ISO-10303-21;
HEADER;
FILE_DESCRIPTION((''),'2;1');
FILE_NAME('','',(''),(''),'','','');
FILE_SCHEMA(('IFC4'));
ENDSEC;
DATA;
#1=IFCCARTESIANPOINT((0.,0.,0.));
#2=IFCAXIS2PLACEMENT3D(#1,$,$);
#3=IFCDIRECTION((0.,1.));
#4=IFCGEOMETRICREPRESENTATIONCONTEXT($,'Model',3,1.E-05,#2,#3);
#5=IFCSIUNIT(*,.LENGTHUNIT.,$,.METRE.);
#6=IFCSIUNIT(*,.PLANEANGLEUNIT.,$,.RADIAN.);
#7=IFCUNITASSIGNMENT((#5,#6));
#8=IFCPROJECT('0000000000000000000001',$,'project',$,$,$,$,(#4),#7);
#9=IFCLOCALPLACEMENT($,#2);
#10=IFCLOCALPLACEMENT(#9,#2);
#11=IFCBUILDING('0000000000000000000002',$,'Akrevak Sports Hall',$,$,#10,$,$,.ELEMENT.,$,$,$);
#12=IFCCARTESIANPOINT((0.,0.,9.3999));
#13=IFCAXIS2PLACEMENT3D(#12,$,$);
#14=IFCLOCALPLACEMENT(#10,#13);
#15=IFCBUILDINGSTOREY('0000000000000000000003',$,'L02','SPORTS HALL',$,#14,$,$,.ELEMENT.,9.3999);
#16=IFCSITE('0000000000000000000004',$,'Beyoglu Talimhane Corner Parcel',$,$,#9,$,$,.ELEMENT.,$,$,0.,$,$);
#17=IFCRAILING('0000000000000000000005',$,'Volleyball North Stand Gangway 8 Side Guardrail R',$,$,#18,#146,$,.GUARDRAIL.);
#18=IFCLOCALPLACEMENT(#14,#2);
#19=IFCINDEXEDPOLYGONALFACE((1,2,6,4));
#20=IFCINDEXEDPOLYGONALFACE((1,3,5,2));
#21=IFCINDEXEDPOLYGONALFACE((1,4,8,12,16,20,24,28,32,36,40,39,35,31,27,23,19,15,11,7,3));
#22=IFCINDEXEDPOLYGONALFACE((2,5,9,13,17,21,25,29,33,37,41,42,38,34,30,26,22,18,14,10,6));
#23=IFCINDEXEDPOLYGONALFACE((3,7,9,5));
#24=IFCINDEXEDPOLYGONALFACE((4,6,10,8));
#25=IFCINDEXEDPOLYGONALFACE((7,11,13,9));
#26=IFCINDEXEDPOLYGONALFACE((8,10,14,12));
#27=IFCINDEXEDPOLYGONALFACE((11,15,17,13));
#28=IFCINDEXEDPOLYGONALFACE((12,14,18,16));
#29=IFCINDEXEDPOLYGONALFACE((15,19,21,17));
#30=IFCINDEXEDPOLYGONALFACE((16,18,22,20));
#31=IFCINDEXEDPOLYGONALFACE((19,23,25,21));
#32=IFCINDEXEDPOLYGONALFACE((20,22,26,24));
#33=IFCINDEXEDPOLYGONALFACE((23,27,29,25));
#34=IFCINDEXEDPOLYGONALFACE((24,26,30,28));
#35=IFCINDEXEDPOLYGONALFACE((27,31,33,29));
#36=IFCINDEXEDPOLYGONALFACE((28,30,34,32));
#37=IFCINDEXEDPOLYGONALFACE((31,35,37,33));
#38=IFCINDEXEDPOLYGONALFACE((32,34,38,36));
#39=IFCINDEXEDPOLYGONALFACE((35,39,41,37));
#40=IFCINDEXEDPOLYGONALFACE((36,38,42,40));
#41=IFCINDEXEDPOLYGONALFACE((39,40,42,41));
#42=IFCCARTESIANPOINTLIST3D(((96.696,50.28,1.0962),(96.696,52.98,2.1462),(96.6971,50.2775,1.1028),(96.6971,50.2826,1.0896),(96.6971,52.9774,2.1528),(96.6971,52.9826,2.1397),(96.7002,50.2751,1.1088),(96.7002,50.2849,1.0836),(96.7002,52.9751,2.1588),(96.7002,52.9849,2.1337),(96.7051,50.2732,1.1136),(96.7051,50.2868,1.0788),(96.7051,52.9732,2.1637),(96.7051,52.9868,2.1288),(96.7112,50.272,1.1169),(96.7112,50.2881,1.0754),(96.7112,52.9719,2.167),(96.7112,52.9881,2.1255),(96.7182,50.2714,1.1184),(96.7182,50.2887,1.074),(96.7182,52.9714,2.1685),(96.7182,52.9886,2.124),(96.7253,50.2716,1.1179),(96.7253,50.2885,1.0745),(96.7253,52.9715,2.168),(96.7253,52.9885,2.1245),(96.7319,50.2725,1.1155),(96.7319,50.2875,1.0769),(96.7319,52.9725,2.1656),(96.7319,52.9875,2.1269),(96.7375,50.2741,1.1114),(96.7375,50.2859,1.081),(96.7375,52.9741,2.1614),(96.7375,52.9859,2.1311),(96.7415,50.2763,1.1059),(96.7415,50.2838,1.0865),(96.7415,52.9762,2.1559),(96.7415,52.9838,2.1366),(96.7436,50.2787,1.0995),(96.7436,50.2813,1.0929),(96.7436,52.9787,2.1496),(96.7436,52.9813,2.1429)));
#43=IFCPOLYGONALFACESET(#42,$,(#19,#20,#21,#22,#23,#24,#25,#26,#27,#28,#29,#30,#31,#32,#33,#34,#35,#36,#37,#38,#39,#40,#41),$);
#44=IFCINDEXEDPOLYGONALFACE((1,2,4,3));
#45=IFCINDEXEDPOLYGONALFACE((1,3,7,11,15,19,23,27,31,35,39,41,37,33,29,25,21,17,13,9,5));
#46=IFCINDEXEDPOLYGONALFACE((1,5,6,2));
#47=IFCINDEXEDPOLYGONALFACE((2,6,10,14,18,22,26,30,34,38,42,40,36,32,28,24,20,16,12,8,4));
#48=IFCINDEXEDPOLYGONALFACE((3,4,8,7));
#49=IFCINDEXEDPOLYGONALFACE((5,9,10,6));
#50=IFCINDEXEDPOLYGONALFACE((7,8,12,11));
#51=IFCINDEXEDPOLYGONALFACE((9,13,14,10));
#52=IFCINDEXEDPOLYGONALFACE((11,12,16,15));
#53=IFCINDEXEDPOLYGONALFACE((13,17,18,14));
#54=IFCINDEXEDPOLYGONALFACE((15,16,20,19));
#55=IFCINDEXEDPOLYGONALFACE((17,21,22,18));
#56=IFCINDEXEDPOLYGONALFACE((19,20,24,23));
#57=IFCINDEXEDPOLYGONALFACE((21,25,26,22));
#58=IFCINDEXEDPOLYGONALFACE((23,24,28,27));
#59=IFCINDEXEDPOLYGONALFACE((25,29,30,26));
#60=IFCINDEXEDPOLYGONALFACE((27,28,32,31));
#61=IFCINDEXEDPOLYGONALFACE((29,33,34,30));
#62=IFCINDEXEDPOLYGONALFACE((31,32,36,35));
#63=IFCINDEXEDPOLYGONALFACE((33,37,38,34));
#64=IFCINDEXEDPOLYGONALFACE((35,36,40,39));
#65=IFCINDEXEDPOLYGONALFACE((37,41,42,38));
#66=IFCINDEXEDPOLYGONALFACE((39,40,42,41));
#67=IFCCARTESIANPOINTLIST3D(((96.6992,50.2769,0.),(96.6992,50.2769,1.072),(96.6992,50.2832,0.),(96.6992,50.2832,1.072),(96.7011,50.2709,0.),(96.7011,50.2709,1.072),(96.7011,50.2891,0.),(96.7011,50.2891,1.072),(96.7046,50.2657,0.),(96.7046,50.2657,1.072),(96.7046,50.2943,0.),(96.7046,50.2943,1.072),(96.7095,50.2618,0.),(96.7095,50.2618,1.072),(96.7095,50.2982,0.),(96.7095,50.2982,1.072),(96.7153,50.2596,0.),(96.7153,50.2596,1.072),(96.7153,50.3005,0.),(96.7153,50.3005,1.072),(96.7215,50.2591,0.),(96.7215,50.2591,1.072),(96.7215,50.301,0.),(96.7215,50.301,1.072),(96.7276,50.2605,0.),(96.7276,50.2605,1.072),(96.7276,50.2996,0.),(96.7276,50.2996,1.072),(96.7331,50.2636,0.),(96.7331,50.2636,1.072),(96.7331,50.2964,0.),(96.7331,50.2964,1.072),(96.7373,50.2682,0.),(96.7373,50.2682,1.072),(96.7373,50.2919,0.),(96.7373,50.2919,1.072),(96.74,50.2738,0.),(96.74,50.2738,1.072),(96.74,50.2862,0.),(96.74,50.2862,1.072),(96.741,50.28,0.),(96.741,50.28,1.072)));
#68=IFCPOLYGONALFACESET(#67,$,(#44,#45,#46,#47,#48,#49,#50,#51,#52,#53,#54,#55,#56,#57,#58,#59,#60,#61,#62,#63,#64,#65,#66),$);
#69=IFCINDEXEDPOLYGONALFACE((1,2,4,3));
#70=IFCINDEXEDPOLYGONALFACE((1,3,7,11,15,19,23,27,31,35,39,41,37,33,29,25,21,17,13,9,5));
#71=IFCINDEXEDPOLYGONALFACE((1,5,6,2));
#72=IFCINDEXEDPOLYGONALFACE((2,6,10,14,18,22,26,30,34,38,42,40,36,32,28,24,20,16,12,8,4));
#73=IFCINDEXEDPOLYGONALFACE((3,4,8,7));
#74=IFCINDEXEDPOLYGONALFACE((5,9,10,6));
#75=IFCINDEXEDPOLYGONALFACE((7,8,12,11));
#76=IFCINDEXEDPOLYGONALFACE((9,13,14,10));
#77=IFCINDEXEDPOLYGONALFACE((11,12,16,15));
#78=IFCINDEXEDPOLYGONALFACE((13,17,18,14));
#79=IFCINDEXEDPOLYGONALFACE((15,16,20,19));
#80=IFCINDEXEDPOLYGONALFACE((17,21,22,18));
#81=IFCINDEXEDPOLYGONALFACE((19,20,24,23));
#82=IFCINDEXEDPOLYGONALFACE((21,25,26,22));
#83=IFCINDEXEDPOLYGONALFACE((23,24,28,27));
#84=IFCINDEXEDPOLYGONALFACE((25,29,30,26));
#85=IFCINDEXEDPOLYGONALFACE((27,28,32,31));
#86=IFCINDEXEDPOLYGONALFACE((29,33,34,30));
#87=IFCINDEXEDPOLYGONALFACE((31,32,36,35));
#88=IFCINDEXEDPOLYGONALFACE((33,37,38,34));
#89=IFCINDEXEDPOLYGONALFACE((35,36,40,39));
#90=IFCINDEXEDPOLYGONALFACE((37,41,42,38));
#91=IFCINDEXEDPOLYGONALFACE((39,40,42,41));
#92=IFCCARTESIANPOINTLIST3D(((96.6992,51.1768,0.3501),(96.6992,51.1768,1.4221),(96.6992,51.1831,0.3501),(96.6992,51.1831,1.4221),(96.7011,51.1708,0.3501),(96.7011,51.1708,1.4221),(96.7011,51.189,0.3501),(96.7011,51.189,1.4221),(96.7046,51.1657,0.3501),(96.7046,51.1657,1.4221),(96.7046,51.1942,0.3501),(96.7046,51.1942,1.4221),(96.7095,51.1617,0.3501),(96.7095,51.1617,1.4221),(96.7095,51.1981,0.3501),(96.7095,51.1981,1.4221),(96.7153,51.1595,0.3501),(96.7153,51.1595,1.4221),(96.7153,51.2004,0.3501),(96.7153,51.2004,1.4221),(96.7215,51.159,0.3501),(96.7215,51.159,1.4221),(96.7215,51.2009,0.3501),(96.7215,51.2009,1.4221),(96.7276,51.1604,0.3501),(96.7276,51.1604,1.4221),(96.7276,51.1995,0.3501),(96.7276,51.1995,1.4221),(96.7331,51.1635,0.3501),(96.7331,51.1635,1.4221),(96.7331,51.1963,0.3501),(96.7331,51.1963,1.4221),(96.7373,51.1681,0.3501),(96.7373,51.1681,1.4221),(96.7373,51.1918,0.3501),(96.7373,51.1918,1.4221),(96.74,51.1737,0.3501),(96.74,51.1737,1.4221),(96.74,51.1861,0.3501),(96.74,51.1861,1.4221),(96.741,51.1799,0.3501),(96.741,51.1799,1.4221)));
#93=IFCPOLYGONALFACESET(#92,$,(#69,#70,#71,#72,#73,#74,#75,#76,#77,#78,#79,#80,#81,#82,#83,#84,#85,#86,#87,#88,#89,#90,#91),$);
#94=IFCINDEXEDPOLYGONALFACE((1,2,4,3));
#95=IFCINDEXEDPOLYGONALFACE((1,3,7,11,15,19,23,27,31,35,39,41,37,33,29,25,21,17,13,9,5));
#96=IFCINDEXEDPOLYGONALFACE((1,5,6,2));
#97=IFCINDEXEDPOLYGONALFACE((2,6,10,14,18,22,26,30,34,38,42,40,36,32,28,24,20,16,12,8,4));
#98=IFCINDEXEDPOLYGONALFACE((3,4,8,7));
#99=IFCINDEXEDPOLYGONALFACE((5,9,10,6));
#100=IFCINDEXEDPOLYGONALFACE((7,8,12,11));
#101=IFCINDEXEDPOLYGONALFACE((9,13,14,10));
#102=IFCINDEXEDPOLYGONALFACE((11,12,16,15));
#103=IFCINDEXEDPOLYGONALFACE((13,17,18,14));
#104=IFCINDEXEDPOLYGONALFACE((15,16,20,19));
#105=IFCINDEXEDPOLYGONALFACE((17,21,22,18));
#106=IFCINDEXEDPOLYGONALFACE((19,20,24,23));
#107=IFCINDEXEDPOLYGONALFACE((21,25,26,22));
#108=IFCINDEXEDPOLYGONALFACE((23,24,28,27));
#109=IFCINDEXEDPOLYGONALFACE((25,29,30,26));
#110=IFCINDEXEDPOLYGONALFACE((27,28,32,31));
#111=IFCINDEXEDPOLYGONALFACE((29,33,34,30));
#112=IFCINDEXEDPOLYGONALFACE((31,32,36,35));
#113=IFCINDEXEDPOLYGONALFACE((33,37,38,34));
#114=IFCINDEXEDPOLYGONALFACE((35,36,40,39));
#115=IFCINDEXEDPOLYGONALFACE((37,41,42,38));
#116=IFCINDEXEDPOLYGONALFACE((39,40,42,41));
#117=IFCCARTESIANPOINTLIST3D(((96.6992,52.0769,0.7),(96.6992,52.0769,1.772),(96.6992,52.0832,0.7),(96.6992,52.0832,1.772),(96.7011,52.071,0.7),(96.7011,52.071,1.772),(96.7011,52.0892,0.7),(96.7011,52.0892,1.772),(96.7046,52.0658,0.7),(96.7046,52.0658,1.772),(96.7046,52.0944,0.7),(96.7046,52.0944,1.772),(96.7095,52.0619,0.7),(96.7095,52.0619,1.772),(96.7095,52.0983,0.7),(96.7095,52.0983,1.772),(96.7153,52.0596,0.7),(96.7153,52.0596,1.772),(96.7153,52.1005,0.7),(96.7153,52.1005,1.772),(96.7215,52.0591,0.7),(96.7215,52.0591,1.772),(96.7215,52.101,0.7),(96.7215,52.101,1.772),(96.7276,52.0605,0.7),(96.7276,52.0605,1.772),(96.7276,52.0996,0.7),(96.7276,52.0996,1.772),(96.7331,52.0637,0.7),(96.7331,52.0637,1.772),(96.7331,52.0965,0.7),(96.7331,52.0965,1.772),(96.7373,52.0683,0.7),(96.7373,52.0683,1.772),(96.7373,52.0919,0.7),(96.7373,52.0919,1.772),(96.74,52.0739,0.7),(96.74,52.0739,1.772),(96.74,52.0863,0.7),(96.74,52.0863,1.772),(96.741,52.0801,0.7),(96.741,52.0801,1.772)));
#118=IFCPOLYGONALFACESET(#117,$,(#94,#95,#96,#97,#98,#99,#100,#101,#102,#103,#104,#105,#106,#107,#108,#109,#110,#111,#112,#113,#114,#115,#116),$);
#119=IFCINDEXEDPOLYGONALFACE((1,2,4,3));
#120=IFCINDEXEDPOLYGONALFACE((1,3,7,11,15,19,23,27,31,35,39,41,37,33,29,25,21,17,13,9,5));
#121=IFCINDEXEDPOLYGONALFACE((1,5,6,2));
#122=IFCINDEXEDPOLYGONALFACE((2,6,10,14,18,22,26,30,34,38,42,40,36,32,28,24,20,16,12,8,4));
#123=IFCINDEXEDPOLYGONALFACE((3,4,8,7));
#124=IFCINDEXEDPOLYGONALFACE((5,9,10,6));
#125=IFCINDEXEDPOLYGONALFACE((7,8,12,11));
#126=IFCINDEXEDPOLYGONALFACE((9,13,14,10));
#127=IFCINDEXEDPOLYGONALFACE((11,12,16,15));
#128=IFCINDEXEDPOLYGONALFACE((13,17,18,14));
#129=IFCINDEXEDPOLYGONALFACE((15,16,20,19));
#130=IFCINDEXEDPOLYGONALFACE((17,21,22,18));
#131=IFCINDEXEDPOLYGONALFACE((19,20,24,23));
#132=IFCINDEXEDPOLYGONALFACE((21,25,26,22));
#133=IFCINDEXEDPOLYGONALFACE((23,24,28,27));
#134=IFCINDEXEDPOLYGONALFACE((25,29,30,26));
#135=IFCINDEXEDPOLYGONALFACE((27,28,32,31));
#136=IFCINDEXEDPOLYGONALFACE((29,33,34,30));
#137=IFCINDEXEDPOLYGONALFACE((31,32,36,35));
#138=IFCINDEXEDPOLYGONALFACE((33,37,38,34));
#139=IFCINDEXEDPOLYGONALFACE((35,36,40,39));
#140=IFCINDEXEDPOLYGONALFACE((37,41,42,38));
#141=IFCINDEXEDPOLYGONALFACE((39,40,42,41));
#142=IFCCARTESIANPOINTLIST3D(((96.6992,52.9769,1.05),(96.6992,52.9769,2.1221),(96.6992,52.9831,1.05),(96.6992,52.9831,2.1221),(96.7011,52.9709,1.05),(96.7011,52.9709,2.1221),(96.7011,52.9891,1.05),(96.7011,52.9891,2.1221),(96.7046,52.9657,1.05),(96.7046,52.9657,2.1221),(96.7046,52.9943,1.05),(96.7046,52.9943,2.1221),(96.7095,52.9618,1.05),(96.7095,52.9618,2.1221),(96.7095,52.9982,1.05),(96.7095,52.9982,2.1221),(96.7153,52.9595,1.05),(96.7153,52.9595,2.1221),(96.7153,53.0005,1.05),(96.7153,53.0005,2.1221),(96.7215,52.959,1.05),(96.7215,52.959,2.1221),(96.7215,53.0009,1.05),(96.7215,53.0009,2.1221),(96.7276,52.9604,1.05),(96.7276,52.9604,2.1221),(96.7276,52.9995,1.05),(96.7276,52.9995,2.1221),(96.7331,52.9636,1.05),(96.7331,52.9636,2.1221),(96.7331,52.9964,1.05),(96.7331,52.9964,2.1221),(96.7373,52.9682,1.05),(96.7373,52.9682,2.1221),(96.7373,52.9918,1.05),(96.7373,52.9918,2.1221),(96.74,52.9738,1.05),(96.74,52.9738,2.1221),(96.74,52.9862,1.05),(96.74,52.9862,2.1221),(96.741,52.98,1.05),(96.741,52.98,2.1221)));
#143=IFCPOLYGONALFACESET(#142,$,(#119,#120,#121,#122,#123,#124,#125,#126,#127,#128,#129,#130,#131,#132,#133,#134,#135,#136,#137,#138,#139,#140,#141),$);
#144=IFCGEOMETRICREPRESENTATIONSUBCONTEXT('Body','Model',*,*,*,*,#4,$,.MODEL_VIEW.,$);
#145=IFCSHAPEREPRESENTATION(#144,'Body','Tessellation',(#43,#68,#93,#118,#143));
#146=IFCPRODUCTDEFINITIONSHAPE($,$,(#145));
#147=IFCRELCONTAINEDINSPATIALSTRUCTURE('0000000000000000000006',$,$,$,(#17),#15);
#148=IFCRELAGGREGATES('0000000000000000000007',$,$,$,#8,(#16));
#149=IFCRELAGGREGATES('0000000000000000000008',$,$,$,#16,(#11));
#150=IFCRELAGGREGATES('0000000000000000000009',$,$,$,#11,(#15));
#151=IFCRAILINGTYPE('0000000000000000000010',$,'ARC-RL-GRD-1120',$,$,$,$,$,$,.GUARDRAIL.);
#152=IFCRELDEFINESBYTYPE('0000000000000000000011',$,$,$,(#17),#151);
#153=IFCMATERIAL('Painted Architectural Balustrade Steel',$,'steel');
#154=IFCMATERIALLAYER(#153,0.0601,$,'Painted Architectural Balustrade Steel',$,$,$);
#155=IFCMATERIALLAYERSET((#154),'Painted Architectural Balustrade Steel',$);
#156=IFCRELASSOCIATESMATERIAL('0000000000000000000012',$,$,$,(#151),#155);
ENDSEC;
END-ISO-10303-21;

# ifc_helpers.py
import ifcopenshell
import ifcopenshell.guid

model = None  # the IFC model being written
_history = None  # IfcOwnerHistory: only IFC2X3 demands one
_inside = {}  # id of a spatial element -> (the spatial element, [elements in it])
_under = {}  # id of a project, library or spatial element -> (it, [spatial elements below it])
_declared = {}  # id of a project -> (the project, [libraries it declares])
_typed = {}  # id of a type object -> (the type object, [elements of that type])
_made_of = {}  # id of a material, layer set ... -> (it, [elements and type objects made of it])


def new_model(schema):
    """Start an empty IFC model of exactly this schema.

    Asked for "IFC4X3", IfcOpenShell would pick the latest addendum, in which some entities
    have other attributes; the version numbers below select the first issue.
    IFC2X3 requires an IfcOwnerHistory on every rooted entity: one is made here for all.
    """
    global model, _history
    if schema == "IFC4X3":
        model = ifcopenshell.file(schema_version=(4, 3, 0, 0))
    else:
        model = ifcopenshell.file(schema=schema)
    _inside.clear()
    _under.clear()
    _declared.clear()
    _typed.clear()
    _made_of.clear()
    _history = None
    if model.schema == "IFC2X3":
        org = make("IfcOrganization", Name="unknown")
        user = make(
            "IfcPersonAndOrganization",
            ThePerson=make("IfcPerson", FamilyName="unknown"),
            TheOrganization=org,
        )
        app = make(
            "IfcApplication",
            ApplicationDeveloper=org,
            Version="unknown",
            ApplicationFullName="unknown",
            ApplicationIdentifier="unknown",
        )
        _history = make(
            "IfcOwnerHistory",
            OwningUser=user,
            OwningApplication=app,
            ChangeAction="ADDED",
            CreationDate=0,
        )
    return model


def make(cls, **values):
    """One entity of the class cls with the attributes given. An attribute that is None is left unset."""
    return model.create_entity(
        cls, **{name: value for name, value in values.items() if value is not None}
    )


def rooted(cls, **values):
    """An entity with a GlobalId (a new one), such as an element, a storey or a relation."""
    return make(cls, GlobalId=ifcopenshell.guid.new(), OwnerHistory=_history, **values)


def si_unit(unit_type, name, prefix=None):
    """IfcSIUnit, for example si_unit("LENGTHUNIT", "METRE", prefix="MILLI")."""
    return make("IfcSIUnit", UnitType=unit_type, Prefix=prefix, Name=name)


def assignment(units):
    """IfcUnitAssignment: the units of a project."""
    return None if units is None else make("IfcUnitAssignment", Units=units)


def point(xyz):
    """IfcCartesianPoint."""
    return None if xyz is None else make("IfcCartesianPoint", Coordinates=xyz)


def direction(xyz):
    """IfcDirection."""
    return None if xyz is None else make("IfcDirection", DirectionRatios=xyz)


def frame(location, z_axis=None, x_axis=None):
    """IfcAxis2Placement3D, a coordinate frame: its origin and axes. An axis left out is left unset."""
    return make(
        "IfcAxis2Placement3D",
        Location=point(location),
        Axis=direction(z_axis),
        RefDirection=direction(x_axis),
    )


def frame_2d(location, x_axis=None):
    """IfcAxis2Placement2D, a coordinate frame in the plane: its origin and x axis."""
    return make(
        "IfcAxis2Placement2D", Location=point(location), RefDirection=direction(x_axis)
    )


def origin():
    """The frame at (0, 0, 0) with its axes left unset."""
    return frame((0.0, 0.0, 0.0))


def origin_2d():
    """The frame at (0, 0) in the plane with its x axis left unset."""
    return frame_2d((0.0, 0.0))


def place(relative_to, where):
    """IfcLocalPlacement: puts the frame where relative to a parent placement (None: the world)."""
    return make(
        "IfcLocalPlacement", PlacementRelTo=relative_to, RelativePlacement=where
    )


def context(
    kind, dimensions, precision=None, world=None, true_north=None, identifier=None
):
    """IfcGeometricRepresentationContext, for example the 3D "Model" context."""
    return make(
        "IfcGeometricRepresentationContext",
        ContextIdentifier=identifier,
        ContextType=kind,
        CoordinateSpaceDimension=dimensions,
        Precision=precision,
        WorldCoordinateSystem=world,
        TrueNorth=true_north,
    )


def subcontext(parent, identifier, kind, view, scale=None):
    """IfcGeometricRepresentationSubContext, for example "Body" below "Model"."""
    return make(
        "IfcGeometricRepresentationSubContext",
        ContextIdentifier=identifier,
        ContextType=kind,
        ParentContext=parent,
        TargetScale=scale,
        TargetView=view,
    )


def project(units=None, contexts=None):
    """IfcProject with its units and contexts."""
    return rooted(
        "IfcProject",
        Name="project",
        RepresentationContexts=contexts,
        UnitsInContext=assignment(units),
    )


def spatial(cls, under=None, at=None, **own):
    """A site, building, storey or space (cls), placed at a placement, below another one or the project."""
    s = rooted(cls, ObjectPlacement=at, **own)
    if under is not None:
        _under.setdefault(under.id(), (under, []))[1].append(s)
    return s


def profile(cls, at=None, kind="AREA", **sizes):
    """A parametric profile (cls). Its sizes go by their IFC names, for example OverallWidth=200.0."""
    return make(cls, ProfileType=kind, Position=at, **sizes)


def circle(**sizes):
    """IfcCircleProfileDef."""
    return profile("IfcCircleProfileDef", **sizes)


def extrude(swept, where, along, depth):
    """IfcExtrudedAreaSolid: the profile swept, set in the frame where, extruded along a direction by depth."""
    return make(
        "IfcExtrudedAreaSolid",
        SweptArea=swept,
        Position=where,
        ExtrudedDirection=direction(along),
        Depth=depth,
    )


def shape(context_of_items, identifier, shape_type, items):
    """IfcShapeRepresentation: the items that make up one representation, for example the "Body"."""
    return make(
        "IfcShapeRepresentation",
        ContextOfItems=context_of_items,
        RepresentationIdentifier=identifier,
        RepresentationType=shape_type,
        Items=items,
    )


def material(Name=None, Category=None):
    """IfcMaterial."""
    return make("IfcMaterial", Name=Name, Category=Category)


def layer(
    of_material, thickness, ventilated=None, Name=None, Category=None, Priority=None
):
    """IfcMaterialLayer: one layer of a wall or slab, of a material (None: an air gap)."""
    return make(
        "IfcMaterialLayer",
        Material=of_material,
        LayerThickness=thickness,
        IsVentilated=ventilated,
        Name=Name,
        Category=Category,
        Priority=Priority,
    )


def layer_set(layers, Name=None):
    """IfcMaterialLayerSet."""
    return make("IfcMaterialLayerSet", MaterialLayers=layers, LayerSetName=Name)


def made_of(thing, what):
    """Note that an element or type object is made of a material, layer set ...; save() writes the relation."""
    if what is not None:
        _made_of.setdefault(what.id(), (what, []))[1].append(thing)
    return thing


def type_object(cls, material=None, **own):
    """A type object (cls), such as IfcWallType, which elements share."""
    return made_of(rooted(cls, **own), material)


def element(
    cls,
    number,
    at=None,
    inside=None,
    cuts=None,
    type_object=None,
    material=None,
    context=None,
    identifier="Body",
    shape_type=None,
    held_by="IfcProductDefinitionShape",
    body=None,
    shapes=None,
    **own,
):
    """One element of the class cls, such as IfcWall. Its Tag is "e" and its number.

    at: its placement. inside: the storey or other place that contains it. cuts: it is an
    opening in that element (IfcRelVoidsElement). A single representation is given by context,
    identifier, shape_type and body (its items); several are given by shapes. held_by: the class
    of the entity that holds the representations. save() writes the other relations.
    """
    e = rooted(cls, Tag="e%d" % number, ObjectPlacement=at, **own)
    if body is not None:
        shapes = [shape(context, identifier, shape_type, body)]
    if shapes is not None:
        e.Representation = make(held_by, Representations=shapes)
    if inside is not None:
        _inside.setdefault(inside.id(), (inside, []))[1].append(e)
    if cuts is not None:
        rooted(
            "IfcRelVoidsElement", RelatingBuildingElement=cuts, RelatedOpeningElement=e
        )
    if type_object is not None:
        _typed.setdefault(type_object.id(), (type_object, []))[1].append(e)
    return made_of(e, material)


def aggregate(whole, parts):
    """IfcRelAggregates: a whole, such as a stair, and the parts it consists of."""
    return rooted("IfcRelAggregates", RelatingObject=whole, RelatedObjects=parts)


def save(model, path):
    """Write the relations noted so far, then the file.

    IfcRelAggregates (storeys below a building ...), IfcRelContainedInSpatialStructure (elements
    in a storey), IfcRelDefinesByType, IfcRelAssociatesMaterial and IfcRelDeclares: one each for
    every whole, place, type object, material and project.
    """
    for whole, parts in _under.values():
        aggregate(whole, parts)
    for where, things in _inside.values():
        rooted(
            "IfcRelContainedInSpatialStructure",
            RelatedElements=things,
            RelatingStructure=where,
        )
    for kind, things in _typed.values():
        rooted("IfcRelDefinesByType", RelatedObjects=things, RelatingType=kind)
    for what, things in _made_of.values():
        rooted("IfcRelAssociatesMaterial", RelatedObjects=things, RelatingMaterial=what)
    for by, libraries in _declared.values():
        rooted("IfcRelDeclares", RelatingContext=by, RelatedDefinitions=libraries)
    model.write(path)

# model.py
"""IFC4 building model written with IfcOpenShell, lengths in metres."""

from ifc_helpers import new_model, si_unit, direction, frame, origin, origin_2d, place, context, subcontext, project, spatial, circle, extrude, material, layer, layer_set, type_object, element, save


model = new_model("IFC4")

# Units and contexts
model_context = context("Model", 3, precision=1e-05, world=origin(), true_north=direction((0.0, 1.0)))
body_context = subcontext(model_context, "Body", "Model", "MODEL_VIEW")
ifc_project = project(units=[si_unit("LENGTHUNIT", "METRE"), si_unit("PLANEANGLEUNIT", "RADIAN")], contexts=[model_context])

# Site, building, storey
site_placement = place(None, origin())
site = spatial("IfcSite", under=ifc_project, at=site_placement, Name="Beyoglu Talimhane Corner Parcel", CompositionType="ELEMENT", RefElevation=0.0)
building_placement = place(site_placement, origin())
building = spatial("IfcBuilding", under=site, at=building_placement, Name="Akrevak Sports Hall", CompositionType="ELEMENT")
storey_placement = place(building_placement, frame((0.0, 0.0, 9.3999)))
storey = spatial("IfcBuildingStorey", under=building, at=storey_placement, Name="L02", Description="SPORTS HALL", CompositionType="ELEMENT", Elevation=9.3999)

# Railing
ifc_material_1 = material(Name="Painted Architectural Balustrade Steel", Category="steel")
ifc_layer_1 = layer(ifc_material_1, 0.0601, Name="Painted Architectural Balustrade Steel")
ifc_layer_set_1 = layer_set([ifc_layer_1], Name="Painted Architectural Balustrade Steel")
railing_type_1 = type_object("IfcRailingType", Name="ARC-RL-GRD-1120", PredefinedType="GUARDRAIL", material=ifc_layer_set_1)
for number, where, name in (
    (1, (96.72, 50.28, 0.0), "Volleyball North Stand Gangway 8 Side Guardrail R"),
):
    element("IfcRailing", number, at=place(storey_placement, frame(where)), inside=storey, type_object=railing_type_1, Name=name, PredefinedType="GUARDRAIL", context=body_context, shape_type="SweptSolid", body=[
        extrude(circle(Radius=0.0239, at=origin_2d()), frame((0.0, 0.0, 1.0962), z_axis=(0.0, 0.931997, 0.362467), x_axis=(-1.0, 0.0, 0.0)), (0.0, 0.0, 1.0), 2.897),
        extrude(circle(Radius=0.021, at=origin_2d()), origin(), (0.0, 0.0, 1.0), 1.072),
        extrude(circle(Radius=0.021, at=origin_2d()), frame((0.0, 0.8999, 0.3501)), (0.0, 0.0, 1.0), 1.072),
        extrude(circle(Radius=0.021, at=origin_2d()), frame((0.0, 1.8, 0.7)), (0.0, 0.0, 1.0), 1.072),
        extrude(circle(Radius=0.021, at=origin_2d()), frame((0.0, 2.7, 1.05)), (0.0, 0.0, 1.0), 1.072),
    ])

save(model, "model.ifc")
